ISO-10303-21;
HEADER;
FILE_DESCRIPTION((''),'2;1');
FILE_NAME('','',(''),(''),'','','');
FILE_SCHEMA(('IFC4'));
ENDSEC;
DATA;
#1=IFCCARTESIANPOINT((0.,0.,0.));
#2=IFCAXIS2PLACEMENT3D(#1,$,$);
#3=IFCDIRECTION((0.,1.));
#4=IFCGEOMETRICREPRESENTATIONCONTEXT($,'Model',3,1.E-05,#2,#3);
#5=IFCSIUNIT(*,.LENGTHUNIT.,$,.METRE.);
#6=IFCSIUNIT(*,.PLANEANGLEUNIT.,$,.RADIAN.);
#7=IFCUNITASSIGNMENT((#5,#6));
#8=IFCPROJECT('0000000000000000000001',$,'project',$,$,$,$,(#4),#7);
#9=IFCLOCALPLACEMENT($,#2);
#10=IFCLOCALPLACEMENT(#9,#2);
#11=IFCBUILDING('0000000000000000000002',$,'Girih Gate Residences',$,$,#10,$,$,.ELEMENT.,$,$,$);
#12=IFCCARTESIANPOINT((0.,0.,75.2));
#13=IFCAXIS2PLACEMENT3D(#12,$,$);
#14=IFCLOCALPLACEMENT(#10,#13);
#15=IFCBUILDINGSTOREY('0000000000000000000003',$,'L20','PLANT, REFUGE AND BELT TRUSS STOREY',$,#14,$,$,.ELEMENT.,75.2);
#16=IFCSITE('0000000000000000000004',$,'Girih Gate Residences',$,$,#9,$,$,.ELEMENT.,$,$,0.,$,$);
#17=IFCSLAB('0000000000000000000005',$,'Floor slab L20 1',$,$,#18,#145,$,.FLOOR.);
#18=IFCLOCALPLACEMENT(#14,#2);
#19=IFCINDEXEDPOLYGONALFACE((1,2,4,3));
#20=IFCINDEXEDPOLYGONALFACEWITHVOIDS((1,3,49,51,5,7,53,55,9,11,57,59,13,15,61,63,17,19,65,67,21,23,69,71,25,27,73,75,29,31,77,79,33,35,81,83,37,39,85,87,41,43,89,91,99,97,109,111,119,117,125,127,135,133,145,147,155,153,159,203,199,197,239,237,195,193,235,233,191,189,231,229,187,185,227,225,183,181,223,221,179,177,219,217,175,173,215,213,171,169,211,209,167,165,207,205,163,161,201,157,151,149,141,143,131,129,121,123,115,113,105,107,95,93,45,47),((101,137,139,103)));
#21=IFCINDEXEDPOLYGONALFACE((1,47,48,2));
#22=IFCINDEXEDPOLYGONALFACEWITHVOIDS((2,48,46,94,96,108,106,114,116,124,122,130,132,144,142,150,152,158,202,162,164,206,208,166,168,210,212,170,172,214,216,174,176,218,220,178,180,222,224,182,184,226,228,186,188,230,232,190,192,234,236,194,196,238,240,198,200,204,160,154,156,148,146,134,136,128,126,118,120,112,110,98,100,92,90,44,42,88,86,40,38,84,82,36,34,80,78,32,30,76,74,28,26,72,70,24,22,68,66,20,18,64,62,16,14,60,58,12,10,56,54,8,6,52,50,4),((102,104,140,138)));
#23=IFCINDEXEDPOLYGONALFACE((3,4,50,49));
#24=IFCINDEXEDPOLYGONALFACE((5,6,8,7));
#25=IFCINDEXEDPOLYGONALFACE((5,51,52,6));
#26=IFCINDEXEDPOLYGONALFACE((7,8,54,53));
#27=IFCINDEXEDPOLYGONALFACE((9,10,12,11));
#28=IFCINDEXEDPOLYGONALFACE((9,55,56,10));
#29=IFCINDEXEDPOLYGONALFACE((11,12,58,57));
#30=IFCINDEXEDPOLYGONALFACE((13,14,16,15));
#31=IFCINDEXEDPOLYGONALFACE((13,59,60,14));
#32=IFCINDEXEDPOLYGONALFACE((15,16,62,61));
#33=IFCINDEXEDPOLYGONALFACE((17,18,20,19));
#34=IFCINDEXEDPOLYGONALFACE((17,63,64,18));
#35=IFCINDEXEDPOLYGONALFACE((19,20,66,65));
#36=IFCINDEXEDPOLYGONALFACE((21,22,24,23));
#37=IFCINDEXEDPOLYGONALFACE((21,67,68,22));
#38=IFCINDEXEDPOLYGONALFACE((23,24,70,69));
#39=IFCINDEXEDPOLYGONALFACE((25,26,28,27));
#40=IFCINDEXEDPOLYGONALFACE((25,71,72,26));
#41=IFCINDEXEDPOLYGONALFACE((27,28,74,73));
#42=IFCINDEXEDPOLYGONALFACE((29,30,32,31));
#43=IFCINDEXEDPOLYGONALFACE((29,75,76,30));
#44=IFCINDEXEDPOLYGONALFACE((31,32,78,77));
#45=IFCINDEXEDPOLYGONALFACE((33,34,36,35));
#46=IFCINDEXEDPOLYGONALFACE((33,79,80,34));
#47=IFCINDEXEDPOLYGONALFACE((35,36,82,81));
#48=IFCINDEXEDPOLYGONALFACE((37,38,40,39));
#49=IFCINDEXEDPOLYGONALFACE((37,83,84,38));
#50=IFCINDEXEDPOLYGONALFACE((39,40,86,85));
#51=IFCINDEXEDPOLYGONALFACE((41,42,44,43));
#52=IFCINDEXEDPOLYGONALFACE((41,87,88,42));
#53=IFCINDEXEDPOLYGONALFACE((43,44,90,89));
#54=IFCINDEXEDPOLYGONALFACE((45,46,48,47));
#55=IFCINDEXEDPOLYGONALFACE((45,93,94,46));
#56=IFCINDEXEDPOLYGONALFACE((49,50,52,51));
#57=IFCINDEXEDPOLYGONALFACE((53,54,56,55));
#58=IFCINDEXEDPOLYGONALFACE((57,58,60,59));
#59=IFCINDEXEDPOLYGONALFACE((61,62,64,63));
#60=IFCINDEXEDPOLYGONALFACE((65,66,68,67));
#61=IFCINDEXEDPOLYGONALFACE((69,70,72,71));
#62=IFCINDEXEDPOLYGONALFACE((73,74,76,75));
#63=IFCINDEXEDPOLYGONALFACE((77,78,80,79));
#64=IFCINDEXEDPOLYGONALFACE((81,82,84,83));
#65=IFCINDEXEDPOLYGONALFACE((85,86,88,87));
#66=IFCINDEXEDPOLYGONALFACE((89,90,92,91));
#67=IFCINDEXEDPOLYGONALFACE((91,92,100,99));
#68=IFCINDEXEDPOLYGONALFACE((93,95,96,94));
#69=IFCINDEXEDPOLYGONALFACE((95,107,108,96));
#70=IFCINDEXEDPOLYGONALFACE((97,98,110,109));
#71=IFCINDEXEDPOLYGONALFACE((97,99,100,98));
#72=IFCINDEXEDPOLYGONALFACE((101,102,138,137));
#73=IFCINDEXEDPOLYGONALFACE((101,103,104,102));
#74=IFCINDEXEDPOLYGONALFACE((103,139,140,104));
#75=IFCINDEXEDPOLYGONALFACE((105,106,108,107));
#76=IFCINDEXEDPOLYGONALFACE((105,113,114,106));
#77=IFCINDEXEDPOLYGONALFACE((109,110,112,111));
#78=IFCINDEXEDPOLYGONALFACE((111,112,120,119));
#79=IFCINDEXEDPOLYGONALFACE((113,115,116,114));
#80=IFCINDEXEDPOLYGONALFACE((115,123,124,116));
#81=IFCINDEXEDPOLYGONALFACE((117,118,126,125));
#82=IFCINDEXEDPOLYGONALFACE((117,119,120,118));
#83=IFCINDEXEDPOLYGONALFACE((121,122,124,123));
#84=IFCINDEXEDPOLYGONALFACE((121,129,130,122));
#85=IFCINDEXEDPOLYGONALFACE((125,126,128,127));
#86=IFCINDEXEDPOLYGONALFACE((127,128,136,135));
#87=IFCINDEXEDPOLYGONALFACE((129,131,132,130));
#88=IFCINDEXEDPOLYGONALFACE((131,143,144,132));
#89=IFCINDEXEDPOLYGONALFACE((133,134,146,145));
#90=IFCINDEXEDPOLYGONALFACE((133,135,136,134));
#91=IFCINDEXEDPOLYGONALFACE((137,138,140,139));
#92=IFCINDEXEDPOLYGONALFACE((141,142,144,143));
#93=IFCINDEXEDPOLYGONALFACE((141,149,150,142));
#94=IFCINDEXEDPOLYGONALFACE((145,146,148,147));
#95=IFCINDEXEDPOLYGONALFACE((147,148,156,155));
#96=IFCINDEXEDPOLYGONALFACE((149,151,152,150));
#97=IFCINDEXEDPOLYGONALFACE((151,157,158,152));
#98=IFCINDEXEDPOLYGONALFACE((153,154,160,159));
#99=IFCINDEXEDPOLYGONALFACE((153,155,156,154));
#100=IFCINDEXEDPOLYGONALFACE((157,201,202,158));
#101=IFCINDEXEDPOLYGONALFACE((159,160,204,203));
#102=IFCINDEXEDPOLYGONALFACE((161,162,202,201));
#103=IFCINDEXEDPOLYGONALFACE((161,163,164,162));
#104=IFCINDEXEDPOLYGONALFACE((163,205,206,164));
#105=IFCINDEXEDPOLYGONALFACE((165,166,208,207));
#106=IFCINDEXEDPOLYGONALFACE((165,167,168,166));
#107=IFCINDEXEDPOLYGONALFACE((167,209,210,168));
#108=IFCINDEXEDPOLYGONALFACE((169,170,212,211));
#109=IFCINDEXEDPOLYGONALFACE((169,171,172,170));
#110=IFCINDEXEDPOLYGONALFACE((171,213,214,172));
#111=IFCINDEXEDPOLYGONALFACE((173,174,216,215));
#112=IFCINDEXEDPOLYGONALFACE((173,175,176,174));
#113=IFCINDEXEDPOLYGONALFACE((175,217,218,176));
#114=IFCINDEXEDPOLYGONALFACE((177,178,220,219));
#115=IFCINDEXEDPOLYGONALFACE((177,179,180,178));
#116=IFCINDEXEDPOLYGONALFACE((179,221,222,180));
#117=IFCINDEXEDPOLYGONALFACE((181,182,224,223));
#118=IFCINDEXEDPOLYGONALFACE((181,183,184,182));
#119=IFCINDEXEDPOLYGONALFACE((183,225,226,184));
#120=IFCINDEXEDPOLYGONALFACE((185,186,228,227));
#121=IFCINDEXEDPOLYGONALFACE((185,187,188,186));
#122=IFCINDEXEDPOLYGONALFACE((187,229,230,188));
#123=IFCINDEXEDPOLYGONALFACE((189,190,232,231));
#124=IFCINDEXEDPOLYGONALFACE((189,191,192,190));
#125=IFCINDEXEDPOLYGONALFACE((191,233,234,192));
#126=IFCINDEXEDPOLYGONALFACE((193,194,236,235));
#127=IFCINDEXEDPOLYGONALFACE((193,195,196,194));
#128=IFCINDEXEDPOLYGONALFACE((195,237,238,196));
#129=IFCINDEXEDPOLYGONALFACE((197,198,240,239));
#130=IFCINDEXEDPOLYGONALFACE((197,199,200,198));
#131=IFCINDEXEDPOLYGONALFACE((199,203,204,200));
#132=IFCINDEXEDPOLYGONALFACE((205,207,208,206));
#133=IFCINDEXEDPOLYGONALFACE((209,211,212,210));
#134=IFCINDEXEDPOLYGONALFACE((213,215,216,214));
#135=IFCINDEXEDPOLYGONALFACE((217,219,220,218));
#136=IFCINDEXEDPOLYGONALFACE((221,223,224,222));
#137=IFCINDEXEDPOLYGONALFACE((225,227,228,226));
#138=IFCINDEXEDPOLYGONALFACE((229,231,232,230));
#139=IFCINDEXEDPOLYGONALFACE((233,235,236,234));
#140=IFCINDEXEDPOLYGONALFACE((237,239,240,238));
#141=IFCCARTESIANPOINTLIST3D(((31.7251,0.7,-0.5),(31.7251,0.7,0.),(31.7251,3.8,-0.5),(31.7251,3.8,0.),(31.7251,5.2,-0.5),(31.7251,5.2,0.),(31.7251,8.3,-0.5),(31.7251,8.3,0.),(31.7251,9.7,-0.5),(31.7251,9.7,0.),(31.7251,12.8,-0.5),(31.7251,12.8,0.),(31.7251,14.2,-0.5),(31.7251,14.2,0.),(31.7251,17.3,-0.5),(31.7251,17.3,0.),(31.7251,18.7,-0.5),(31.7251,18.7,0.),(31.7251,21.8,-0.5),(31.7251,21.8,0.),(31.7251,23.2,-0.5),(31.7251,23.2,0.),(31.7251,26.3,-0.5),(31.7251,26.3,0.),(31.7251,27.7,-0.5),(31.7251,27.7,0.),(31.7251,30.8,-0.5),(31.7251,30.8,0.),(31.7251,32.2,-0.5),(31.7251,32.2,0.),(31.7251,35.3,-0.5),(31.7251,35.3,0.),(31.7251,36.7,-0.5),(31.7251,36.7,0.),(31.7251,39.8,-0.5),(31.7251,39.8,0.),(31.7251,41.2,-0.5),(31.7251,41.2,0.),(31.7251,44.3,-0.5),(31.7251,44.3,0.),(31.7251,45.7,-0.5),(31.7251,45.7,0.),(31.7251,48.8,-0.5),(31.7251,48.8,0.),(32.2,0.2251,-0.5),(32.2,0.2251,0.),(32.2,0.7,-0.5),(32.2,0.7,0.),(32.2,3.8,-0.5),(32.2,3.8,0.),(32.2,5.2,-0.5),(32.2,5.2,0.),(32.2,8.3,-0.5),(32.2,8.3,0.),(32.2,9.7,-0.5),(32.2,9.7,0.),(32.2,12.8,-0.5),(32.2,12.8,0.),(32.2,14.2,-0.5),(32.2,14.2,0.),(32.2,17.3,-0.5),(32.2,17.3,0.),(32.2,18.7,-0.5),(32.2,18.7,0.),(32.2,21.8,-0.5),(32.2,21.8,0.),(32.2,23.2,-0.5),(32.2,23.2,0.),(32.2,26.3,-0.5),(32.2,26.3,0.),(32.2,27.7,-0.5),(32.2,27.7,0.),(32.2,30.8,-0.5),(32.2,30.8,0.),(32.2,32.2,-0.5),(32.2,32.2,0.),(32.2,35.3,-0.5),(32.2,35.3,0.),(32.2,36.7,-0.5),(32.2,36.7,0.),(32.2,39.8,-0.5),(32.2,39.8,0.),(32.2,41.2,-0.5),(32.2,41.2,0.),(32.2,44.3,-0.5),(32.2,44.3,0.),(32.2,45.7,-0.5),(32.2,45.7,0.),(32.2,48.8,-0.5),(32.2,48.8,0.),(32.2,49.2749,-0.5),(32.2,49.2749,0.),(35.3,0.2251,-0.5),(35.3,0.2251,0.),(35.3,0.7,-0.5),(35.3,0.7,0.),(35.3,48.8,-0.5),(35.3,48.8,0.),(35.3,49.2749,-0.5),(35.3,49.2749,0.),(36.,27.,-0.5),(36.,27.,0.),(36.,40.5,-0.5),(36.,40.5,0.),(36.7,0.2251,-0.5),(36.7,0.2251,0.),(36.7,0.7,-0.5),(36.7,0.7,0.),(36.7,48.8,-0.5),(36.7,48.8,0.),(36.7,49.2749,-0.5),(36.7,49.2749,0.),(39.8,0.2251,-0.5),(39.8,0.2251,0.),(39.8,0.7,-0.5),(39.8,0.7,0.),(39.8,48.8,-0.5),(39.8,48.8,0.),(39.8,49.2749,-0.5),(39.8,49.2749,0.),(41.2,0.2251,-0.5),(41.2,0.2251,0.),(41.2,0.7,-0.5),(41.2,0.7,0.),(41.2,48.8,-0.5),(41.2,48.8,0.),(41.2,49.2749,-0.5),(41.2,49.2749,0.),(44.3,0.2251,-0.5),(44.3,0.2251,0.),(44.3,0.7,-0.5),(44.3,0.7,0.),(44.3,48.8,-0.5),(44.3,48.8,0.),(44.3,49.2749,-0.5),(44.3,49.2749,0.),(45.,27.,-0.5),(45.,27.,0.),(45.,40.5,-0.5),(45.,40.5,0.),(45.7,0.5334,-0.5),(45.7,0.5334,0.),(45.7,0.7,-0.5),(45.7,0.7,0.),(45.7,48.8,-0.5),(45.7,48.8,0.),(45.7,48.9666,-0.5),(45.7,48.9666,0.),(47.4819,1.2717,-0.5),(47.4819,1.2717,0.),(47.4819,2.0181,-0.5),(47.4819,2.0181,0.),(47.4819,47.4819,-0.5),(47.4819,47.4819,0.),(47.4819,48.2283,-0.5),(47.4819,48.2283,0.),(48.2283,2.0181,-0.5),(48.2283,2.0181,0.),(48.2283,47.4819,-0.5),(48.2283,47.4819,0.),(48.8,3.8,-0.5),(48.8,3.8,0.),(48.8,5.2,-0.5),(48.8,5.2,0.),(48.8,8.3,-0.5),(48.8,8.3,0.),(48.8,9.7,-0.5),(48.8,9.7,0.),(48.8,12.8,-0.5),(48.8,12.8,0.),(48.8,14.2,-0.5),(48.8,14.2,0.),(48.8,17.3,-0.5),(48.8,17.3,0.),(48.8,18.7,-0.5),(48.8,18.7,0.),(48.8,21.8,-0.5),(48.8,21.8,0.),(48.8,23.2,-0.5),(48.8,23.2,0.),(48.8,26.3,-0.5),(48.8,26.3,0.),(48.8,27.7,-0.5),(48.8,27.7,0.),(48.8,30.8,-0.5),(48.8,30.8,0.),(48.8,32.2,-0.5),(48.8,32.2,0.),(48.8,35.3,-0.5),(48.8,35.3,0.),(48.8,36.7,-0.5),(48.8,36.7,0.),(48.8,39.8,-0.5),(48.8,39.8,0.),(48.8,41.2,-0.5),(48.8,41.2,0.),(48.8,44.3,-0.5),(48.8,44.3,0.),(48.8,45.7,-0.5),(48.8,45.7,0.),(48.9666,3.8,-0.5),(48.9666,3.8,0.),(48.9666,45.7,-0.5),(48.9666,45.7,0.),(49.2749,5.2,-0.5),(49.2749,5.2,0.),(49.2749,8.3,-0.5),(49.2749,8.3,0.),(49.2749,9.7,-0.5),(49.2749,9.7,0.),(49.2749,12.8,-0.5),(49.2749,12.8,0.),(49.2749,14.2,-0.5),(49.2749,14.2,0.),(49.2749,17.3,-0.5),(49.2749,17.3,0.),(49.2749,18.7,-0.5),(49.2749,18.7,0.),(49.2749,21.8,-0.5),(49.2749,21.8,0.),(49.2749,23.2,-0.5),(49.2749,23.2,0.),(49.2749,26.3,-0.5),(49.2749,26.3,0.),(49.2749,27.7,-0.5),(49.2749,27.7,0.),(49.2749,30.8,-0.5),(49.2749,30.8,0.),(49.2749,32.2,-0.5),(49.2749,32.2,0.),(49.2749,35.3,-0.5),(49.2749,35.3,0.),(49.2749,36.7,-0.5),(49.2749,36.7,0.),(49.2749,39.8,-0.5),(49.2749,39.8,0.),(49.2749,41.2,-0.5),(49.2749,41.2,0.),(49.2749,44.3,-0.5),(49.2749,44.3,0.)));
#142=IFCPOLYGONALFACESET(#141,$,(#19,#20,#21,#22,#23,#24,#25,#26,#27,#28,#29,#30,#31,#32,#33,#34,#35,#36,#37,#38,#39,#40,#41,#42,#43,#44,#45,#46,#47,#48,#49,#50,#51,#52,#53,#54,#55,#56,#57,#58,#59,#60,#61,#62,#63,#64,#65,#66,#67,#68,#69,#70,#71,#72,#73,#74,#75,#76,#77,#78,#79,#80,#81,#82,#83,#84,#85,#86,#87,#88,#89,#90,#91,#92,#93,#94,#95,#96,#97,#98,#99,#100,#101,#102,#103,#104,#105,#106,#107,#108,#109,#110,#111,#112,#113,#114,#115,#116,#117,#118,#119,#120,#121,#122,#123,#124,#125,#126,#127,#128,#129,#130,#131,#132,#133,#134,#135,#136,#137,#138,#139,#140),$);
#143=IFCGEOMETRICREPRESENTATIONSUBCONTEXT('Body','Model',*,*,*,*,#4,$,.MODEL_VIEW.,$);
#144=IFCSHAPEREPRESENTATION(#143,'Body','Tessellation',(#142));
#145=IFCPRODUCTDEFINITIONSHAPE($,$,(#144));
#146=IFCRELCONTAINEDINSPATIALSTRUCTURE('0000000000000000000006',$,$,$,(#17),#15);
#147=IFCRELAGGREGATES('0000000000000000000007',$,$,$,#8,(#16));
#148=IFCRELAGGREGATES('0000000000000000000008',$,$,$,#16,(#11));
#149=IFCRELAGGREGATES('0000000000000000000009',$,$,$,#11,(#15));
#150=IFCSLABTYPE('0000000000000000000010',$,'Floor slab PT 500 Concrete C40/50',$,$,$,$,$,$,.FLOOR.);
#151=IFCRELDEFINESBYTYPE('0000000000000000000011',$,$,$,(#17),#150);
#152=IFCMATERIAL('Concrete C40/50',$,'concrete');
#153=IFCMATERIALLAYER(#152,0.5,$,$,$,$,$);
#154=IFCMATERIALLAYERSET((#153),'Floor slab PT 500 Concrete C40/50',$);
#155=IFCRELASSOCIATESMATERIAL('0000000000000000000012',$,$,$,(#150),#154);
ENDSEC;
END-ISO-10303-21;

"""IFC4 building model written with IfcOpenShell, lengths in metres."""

from ifc_helpers import new_model, si_unit, direction, frame, origin, place, context, subcontext, project, spatial, polyline, outline, extrude, material, layer, layer_set, type_object, element, save


model = new_model("IFC4")

# Units and contexts
model_context = context("Model", 3, precision=1e-05, world=origin(), true_north=direction((0.0, 1.0)))
body_context = subcontext(model_context, "Body", "Model", "MODEL_VIEW")
ifc_project = project(units=[si_unit("LENGTHUNIT", "METRE"), si_unit("PLANEANGLEUNIT", "RADIAN")], contexts=[model_context])

# Site, building, storey
site_placement = place(None, origin())
site = spatial("IfcSite", under=ifc_project, at=site_placement, Name="Girih Gate Residences", CompositionType="ELEMENT", RefElevation=0.0)
building_placement = place(site_placement, origin())
building = spatial("IfcBuilding", under=site, at=building_placement, Name="Girih Gate Residences", CompositionType="ELEMENT")
storey_placement = place(building_placement, frame((0.0, 0.0, 75.2)))
storey = spatial("IfcBuildingStorey", under=building, at=storey_placement, Name="L20", Description="PLANT, REFUGE AND BELT TRUSS STOREY", CompositionType="ELEMENT", Elevation=75.2)

# Slab
ifc_material_1 = material(Name="Concrete C40/50", Category="concrete")
ifc_layer_1 = layer(ifc_material_1, 0.5)
ifc_layer_set_1 = layer_set([ifc_layer_1], Name="Floor slab PT 500 Concrete C40/50")
slab_type_1 = type_object("IfcSlabType", Name="Floor slab PT 500 Concrete C40/50", PredefinedType="FLOOR", material=ifc_layer_set_1)
slab_1_placement = place(storey_placement, frame((0.0, 0.0, -0.5)))
element("IfcSlab", 1, at=slab_1_placement, inside=storey, type_object=slab_type_1, Name="Floor slab L20 1", PredefinedType="FLOOR", context=body_context, shape_type="SweptSolid", body=[
    extrude(outline(polyline([(35.3, 49.2749), (32.2, 49.2749), (32.2, 48.8), (31.7251, 48.8), (31.7251, 45.7), (32.2, 45.7), (32.2, 44.3), (31.7251, 44.3), (31.7251, 41.2), (32.2, 41.2), (32.2, 39.8), (31.7251, 39.8), (31.7251, 36.7), (32.2, 36.7), (32.2, 35.3), (31.7251, 35.3), (31.7251, 32.2), (32.2, 32.2), (32.2, 30.8), (31.7251, 30.8), (31.7251, 27.7), (32.2, 27.7), (32.2, 26.3), (31.7251, 26.3), (31.7251, 23.2), (32.2, 23.2), (32.2, 21.8), (31.7251, 21.8), (31.7251, 18.7), (32.2, 18.7), (32.2, 17.3), (31.7251, 17.3), (31.7251, 14.2), (32.2, 14.2), (32.2, 12.8), (31.7251, 12.8), (31.7251, 9.7), (32.2, 9.7), (32.2, 8.3), (31.7251, 8.3), (31.7251, 5.2), (32.2, 5.2), (32.2, 3.8), (31.7251, 3.8), (31.7251, 0.7), (32.2, 0.7), (32.2, 0.2251), (35.3, 0.2251), (35.3, 0.7), (36.7, 0.7), (36.7, 0.2251), (39.8, 0.2251), (39.8, 0.7), (41.2, 0.7), (41.2, 0.2251), (44.3, 0.2251), (44.3, 0.7), (45.7, 0.7), (45.7, 0.5334), (47.4819, 1.2717), (47.4819, 2.0181), (48.2283, 2.0181), (48.9666, 3.8), (48.8, 3.8), (48.8, 5.2), (49.2749, 5.2), (49.2749, 8.3), (48.8, 8.3), (48.8, 9.7), (49.2749, 9.7), (49.2749, 12.8), (48.8, 12.8), (48.8, 14.2), (49.2749, 14.2), (49.2749, 17.3), (48.8, 17.3), (48.8, 18.7), (49.2749, 18.7), (49.2749, 21.8), (48.8, 21.8), (48.8, 23.2), (49.2749, 23.2), (49.2749, 26.3), (48.8, 26.3), (48.8, 27.7), (49.2749, 27.7), (49.2749, 30.8), (48.8, 30.8), (48.8, 32.2), (49.2749, 32.2), (49.2749, 35.3), (48.8, 35.3), (48.8, 36.7), (49.2749, 36.7), (49.2749, 39.8), (48.8, 39.8), (48.8, 41.2), (49.2749, 41.2), (49.2749, 44.3), (48.8, 44.3), (48.8, 45.7), (48.9666, 45.7), (48.2283, 47.4819), (47.4819, 47.4819), (47.4819, 48.2283), (45.7, 48.9666), (45.7, 48.8), (44.3, 48.8), (44.3, 49.2749), (41.2, 49.2749), (41.2, 48.8), (39.8, 48.8), (39.8, 49.2749), (36.7, 49.2749), (36.7, 48.8), (35.3, 48.8), (35.3, 49.2749)]), holes=[polyline([(45.0, 40.5), (45.0, 27.0), (36.0, 27.0), (36.0, 40.5), (45.0, 40.5)])]), origin(), (0.0, 0.0, 1.0), 0.5),
])

save(model, "model.ifc")
